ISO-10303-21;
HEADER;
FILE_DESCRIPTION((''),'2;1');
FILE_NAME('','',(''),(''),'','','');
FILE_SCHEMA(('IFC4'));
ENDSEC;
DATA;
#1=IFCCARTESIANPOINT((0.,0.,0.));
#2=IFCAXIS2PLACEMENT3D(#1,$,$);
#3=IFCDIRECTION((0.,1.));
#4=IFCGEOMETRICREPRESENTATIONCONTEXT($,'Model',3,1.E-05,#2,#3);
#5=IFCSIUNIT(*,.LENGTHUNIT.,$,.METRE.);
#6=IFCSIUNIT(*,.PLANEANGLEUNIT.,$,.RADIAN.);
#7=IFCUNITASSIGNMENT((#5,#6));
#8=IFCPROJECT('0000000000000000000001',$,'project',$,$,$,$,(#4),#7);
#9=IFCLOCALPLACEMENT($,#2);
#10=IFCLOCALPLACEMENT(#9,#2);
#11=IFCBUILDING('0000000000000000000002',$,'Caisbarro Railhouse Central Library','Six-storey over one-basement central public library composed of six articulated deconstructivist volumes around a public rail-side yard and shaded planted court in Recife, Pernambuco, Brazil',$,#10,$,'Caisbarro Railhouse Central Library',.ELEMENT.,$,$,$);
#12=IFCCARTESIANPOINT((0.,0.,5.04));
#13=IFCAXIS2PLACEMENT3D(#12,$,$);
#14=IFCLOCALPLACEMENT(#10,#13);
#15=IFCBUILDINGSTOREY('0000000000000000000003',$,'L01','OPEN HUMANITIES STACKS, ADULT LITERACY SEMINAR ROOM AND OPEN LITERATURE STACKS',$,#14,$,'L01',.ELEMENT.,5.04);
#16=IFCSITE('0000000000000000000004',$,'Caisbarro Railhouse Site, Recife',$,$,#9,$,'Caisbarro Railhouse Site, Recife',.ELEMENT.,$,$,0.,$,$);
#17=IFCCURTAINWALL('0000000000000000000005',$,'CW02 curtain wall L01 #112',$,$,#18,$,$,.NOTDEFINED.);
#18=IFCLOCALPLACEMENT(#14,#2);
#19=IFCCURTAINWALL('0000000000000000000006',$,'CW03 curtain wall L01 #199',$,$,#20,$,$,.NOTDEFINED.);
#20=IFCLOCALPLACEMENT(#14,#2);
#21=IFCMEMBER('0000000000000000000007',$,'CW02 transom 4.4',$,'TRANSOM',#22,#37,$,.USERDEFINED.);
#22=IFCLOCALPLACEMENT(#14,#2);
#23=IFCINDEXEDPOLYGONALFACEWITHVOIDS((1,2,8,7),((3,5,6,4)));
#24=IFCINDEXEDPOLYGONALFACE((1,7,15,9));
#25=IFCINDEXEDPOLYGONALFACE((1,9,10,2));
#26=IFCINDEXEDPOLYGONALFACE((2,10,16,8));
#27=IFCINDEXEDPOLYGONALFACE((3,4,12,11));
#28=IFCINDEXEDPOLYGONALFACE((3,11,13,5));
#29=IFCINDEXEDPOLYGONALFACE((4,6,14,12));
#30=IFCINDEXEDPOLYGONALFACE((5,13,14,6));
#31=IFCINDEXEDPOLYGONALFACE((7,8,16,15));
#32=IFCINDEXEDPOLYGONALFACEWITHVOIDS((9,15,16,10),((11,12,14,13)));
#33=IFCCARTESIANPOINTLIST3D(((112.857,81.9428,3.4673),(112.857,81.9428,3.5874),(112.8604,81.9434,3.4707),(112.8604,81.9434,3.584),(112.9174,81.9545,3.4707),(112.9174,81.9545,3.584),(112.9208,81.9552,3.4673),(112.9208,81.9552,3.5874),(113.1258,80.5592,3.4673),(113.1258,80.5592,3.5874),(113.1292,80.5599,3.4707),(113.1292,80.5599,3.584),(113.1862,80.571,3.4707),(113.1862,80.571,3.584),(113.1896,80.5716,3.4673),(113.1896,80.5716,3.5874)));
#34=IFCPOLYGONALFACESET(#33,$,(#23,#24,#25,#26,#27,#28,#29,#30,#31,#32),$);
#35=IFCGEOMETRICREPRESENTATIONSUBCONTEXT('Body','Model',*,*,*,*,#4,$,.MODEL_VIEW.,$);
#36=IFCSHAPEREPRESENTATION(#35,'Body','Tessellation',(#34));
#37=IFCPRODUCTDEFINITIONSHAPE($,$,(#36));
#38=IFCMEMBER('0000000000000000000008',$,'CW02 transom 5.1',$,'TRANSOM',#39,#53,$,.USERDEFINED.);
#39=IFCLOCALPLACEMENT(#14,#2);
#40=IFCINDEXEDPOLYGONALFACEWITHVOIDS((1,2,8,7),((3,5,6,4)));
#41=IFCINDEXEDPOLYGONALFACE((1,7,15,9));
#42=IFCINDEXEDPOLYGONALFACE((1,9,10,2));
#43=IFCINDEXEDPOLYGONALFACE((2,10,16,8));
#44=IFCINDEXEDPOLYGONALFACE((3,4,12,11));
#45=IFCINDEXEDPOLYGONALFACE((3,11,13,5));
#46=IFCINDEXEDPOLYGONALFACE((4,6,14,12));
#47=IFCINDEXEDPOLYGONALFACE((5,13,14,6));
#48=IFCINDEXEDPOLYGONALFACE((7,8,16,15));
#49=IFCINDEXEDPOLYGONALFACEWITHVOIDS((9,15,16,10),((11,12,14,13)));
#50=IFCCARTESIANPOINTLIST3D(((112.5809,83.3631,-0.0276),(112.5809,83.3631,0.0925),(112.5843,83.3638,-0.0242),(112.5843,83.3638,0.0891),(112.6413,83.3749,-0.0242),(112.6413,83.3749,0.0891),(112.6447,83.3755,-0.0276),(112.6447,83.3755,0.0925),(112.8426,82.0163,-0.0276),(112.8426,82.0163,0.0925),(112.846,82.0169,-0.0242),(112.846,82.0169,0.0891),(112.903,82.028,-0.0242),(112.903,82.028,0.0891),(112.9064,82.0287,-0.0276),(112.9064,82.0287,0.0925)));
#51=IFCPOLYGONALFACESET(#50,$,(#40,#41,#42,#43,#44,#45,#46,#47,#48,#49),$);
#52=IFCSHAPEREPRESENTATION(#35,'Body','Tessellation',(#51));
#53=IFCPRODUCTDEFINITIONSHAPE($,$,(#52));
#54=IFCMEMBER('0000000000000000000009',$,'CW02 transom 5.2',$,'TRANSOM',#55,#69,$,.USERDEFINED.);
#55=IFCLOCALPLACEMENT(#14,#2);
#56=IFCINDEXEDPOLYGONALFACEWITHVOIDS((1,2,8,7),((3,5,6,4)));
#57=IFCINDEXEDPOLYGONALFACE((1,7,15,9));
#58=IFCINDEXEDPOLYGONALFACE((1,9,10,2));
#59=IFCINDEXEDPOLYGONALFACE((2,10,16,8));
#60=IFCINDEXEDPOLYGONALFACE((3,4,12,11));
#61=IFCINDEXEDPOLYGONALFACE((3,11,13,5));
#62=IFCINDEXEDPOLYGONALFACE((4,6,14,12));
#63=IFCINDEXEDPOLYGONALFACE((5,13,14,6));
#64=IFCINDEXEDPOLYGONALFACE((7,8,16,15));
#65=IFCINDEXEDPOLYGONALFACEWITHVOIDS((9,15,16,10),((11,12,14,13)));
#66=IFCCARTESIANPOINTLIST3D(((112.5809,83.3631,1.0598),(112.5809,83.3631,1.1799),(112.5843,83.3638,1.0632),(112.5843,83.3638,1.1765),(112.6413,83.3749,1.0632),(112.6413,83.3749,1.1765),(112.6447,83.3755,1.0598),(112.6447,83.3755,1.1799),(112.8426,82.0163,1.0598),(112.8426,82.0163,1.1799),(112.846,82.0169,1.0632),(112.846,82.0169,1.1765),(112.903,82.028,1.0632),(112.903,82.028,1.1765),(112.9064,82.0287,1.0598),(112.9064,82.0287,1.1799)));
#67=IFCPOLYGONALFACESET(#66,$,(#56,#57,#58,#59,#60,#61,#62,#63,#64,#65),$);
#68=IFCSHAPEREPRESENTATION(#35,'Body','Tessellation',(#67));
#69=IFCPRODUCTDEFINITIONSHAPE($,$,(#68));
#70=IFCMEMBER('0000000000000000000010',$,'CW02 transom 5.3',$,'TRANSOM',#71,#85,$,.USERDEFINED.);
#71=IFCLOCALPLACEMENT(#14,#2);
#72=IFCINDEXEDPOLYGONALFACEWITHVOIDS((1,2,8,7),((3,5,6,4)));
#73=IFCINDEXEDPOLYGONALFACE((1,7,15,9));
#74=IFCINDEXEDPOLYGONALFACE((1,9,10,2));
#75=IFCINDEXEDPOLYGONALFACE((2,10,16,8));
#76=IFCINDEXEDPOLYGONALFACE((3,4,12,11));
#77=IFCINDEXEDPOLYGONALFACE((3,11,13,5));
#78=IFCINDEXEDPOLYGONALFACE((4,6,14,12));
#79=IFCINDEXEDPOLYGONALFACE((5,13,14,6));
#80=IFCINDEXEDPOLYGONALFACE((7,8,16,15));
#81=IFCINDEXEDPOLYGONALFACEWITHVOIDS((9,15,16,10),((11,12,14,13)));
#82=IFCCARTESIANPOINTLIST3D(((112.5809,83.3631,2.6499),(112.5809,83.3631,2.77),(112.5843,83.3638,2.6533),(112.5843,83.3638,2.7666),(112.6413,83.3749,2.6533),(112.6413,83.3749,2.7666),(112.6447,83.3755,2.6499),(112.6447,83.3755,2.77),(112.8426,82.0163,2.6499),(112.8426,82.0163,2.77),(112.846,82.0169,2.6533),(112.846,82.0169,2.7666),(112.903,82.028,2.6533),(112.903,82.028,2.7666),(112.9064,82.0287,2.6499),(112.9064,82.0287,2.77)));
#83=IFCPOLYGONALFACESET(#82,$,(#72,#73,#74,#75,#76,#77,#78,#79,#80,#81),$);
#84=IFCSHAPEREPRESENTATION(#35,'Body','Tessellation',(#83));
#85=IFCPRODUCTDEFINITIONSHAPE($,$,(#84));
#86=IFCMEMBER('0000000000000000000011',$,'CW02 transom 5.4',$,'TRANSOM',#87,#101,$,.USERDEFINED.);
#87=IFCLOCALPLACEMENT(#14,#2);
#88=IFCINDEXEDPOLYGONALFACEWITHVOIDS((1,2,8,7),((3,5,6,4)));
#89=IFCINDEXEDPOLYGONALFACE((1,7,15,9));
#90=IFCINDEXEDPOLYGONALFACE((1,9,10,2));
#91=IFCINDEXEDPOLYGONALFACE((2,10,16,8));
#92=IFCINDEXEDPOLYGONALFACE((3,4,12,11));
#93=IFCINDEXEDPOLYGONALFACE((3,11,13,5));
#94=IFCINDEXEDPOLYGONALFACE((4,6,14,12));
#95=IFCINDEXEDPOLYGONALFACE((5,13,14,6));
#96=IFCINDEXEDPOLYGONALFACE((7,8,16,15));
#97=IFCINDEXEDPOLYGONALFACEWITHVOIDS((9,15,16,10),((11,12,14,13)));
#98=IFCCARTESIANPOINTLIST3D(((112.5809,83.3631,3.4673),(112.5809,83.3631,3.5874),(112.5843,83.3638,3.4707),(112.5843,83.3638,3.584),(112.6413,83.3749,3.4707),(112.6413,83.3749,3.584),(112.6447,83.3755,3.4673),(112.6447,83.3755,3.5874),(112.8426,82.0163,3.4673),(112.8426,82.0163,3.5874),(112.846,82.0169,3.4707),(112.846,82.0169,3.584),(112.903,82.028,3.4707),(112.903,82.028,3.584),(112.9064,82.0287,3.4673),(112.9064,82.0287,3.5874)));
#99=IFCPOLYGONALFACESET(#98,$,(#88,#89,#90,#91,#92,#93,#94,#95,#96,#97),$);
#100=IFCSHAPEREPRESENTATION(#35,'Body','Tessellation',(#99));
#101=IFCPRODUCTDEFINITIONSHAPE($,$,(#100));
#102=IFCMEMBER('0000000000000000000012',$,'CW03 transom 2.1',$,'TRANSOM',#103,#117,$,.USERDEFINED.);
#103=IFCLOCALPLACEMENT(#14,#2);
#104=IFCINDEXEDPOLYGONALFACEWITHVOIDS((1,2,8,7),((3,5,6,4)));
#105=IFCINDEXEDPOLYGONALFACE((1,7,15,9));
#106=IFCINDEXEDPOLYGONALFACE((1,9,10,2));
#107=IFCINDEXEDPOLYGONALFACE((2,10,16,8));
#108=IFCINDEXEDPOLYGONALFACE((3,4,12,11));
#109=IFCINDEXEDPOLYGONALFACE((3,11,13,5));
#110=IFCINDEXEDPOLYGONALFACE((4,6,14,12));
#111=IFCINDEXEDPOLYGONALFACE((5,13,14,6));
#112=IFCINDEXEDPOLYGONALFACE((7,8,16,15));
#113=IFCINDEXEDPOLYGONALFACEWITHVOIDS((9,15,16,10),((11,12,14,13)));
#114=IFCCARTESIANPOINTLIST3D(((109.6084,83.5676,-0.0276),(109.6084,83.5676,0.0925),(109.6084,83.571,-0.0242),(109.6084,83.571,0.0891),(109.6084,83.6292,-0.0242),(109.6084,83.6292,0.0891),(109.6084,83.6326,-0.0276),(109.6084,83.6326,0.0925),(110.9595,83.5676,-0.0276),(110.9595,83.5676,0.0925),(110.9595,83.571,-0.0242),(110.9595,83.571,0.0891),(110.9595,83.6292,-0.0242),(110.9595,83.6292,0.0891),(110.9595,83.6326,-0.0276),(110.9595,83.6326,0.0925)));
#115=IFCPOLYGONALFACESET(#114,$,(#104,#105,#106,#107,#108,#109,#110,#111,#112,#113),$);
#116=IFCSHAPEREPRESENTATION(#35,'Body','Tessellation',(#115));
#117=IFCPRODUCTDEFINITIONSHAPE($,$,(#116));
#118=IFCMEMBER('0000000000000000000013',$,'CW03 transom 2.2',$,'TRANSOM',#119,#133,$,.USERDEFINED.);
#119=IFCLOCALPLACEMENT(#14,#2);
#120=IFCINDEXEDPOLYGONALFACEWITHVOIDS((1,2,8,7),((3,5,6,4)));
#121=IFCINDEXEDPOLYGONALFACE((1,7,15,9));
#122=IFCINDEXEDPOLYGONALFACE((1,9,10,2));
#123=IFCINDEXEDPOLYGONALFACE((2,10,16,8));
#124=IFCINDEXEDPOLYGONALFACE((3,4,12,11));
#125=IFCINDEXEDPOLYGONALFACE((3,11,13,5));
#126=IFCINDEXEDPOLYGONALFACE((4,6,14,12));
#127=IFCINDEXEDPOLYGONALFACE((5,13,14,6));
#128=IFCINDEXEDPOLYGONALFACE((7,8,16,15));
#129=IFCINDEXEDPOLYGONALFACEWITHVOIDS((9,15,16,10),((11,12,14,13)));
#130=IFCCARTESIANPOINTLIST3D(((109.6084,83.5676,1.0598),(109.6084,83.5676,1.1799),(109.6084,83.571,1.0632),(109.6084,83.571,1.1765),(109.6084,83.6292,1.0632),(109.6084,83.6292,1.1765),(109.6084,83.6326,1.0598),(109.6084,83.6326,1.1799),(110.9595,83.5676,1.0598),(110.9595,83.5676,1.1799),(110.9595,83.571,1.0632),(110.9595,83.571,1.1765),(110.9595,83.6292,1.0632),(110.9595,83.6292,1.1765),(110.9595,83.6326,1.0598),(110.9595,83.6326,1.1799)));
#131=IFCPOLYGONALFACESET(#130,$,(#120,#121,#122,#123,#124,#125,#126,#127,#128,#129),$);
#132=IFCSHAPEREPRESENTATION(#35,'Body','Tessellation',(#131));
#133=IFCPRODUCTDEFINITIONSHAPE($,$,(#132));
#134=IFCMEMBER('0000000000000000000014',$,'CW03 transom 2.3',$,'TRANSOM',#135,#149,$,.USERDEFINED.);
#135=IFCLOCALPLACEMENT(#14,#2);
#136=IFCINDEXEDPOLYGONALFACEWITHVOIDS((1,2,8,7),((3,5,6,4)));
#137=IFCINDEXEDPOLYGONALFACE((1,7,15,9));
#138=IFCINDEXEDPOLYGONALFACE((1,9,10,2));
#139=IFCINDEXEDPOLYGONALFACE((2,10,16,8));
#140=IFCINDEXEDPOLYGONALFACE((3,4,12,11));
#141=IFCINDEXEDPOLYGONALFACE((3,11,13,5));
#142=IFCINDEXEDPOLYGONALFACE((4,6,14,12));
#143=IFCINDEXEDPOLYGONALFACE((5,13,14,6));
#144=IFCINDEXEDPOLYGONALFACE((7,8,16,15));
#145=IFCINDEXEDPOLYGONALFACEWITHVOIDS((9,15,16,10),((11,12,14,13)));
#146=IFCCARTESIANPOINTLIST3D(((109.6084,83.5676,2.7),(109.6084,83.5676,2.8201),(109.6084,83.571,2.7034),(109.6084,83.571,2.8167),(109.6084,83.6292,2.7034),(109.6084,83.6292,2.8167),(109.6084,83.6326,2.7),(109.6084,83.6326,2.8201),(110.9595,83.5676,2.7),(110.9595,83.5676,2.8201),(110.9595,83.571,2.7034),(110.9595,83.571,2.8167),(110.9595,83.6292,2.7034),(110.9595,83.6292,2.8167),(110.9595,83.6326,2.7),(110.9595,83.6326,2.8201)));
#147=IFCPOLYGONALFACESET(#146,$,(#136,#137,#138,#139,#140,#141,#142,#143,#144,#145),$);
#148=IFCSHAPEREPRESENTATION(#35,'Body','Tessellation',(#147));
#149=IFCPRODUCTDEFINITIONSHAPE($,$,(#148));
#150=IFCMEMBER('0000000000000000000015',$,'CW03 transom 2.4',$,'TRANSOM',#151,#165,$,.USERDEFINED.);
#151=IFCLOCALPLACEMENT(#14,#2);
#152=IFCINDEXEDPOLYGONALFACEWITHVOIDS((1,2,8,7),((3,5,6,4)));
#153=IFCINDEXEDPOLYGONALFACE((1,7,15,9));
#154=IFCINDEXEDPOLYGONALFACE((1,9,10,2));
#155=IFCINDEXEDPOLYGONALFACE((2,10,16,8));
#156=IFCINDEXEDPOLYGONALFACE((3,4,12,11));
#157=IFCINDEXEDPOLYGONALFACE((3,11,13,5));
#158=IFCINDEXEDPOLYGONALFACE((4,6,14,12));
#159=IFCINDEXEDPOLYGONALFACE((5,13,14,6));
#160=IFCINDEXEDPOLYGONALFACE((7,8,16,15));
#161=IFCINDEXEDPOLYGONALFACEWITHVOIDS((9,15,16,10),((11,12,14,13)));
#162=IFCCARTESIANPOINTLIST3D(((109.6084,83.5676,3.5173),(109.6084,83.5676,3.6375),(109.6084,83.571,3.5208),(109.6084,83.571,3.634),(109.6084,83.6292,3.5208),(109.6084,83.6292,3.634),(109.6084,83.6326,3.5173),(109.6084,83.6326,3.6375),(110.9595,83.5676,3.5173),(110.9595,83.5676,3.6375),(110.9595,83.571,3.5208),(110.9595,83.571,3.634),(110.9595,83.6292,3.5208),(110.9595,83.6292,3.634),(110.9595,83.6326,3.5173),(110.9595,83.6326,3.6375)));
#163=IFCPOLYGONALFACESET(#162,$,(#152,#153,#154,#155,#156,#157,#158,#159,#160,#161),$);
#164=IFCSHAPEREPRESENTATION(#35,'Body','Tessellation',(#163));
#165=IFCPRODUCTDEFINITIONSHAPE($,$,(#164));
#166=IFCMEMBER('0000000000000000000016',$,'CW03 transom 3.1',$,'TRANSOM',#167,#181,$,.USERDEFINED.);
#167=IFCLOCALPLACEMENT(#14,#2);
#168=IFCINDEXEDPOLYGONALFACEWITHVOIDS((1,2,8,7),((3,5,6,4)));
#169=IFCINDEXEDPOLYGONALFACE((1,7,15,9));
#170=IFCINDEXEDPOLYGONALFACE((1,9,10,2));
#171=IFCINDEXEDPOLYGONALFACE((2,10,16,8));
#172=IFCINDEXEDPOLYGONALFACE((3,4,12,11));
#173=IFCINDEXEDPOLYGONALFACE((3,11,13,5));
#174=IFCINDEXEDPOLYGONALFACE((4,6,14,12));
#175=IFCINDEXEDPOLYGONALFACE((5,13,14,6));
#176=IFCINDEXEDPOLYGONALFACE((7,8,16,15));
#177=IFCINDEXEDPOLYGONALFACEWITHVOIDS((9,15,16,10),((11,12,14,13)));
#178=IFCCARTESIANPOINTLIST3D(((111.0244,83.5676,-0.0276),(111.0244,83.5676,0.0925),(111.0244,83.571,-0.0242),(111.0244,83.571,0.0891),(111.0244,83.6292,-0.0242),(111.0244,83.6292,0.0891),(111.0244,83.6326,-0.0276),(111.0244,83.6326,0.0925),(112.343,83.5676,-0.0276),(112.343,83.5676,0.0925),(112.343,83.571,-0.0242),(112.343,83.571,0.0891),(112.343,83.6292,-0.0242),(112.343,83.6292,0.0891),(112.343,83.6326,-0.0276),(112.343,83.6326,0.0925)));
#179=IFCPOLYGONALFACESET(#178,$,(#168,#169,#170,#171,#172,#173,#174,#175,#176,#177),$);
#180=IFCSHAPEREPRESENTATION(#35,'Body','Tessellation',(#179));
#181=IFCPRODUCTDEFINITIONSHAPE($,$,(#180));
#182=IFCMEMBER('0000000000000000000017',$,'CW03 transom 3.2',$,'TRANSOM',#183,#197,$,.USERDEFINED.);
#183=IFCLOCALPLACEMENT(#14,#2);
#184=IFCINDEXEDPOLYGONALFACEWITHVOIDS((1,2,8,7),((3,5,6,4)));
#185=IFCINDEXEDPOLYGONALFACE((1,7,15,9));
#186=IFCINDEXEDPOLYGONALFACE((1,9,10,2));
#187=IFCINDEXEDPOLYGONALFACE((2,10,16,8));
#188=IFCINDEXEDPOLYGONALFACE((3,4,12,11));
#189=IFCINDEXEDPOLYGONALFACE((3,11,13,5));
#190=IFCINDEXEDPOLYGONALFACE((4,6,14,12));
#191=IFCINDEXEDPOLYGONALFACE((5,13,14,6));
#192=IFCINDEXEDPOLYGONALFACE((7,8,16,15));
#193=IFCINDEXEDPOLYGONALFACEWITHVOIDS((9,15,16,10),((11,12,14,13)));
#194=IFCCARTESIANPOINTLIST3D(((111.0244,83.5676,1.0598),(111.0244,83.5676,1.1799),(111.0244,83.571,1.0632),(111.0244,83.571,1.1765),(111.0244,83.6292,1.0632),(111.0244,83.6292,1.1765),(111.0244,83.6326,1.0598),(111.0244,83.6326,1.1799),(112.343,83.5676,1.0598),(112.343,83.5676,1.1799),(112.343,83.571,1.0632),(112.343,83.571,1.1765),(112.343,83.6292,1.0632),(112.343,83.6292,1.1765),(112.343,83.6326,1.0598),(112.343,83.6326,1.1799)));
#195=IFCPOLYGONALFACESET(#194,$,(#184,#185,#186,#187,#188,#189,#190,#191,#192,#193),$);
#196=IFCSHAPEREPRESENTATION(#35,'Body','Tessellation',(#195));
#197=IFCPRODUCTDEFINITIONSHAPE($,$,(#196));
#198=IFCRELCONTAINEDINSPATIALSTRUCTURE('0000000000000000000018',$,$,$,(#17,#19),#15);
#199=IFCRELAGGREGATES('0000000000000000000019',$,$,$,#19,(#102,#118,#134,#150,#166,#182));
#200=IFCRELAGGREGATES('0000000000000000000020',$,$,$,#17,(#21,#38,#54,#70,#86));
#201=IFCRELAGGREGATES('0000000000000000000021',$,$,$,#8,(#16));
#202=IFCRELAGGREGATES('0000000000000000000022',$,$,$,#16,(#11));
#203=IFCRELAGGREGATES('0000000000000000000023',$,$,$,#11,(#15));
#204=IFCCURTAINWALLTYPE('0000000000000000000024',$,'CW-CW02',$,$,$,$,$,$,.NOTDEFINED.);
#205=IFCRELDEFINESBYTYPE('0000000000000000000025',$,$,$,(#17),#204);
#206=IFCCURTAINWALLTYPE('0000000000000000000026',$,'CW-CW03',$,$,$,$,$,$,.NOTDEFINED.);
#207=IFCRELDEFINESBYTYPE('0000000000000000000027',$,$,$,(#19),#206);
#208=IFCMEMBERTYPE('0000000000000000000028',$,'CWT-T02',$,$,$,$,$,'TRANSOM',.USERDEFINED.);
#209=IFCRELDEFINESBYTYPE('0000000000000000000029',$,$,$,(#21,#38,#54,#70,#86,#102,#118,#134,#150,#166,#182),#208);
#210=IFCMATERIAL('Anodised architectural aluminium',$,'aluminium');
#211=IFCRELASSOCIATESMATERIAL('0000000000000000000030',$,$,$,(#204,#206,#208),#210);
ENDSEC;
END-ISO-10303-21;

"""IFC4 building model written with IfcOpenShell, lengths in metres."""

from ifc_helpers import new_model, si_unit, direction, frame, origin, origin_2d, place, context, subcontext, project, spatial, hollow_rectangle, extrude, material, material_profile, profile_set, type_object, element, aggregate, save


model = new_model("IFC4")

# Units and contexts
model_context = context("Model", 3, precision=1e-05, world=origin(), true_north=direction((0.0, 1.0)))
body_context = subcontext(model_context, "Body", "Model", "MODEL_VIEW")
ifc_project = project(units=[si_unit("LENGTHUNIT", "METRE"), si_unit("PLANEANGLEUNIT", "RADIAN")], contexts=[model_context])

# Site, building, storey
site_placement = place(None, origin())
site = spatial("IfcSite", under=ifc_project, at=site_placement, Name="Caisbarro Railhouse Site, Recife", LongName="Caisbarro Railhouse Site, Recife", CompositionType="ELEMENT", RefElevation=0.0)
building_placement = place(site_placement, origin())
building = spatial("IfcBuilding", under=site, at=building_placement, Name="Caisbarro Railhouse Central Library", Description="Six-storey over one-basement central public library composed of six articulated deconstructivist volumes around a public rail-side yard and shaded planted court in Recife, Pernambuco, Brazil", LongName="Caisbarro Railhouse Central Library", CompositionType="ELEMENT")
storey_placement = place(building_placement, frame((0.0, 0.0, 5.04)))
storey = spatial("IfcBuildingStorey", under=building, at=storey_placement, Name="L01", Description="OPEN HUMANITIES STACKS, ADULT LITERACY SEMINAR ROOM AND OPEN LITERATURE STACKS", LongName="L01", CompositionType="ELEMENT", Elevation=5.04)

# Curtain walls
ifc_material_1 = material(Name="Anodised architectural aluminium", Category="aluminium")
curtain_wall_type_1 = type_object("IfcCurtainWallType", Name="CW-CW02", PredefinedType="NOTDEFINED", material=ifc_material_1)
curtain_wall_1_placement = place(storey_placement, origin())
curtain_wall_1 = element("IfcCurtainWall", 1, at=curtain_wall_1_placement, inside=storey, type_object=curtain_wall_type_1, Name="CW02 curtain wall L01 #112", PredefinedType="NOTDEFINED")
curtain_wall_type_2 = type_object("IfcCurtainWallType", Name="CW-CW03", PredefinedType="NOTDEFINED", material=ifc_material_1)
curtain_wall_2_placement = place(storey_placement, origin())
curtain_wall_2 = element("IfcCurtainWall", 2, at=curtain_wall_2_placement, inside=storey, type_object=curtain_wall_type_2, Name="CW03 curtain wall L01 #199", PredefinedType="NOTDEFINED")

# Members
ifc_material_profile_1 = material_profile(ifc_material_1, hollow_rectangle(XDim=0.0649, YDim=0.1201, WallThickness=0.0034, at=origin_2d()), Name="ALU-TRN-65X120")
ifc_profile_set_1 = profile_set([ifc_material_profile_1], Name="Anodised architectural aluminium")
member_type_1 = type_object("IfcMemberType", Name="CWT-T02", ElementType="TRANSOM", PredefinedType="USERDEFINED", material=ifc_profile_set_1)
member_1_placement = place(storey_placement, frame((113.1577, 80.5654, 3.5273), z_axis=(-0.190717, 0.981645, 0.0), x_axis=(-0.981645, -0.190717, 0.0)))
member_1 = element("IfcMember", 3, at=member_1_placement, type_object=member_type_1, Name="CW02 transom 4.4", ObjectType="TRANSOM", PredefinedType="USERDEFINED", context=body_context, shape_type="SweptSolid", body=[
    extrude(hollow_rectangle(XDim=0.0649, YDim=0.1201, WallThickness=0.0034, at=origin_2d()), origin(), (0.0, 0.0, 1.0), 1.4094),
])
member_2_placement = place(storey_placement, frame((112.8745, 82.0225, 0.0325), z_axis=(-0.190741, 0.98164, 0.0), x_axis=(-0.98164, -0.190741, 0.0)))
member_2 = element("IfcMember", 4, at=member_2_placement, type_object=member_type_1, Name="CW02 transom 5.1", ObjectType="TRANSOM", PredefinedType="USERDEFINED", context=body_context, shape_type="SweptSolid", body=[
    extrude(hollow_rectangle(XDim=0.0649, YDim=0.1201, WallThickness=0.0034, at=origin_2d()), origin(), (0.0, 0.0, 1.0), 1.3721),
])
member_3_placement = place(storey_placement, frame((112.8745, 82.0225, 1.1199), z_axis=(-0.190741, 0.98164, 0.0), x_axis=(-0.98164, -0.190741, 0.0)))
member_3 = element("IfcMember", 5, at=member_3_placement, type_object=member_type_1, Name="CW02 transom 5.2", ObjectType="TRANSOM", PredefinedType="USERDEFINED", context=body_context, shape_type="SweptSolid", body=[
    extrude(hollow_rectangle(XDim=0.0649, YDim=0.1201, WallThickness=0.0034, at=origin_2d()), origin(), (0.0, 0.0, 1.0), 1.3721),
])
member_4_placement = place(storey_placement, frame((112.8745, 82.0225, 2.71), z_axis=(-0.190741, 0.98164, 0.0), x_axis=(-0.98164, -0.190741, 0.0)))
member_4 = element("IfcMember", 6, at=member_4_placement, type_object=member_type_1, Name="CW02 transom 5.3", ObjectType="TRANSOM", PredefinedType="USERDEFINED", context=body_context, shape_type="SweptSolid", body=[
    extrude(hollow_rectangle(XDim=0.0649, YDim=0.1201, WallThickness=0.0034, at=origin_2d()), origin(), (0.0, 0.0, 1.0), 1.3721),
])
member_5_placement = place(storey_placement, frame((112.8745, 82.0225, 3.5273), z_axis=(-0.190741, 0.98164, 0.0), x_axis=(-0.98164, -0.190741, 0.0)))
member_5 = element("IfcMember", 7, at=member_5_placement, type_object=member_type_1, Name="CW02 transom 5.4", ObjectType="TRANSOM", PredefinedType="USERDEFINED", context=body_context, shape_type="SweptSolid", body=[
    extrude(hollow_rectangle(XDim=0.0649, YDim=0.1201, WallThickness=0.0034, at=origin_2d()), origin(), (0.0, 0.0, 1.0), 1.3721),
])
member_6_placement = place(storey_placement, frame((109.6084, 83.6001, 0.0325), z_axis=(1.0, 0.0, 0.0), x_axis=(0.0, 1.0, 0.0)))
member_6 = element("IfcMember", 8, at=member_6_placement, type_object=member_type_1, Name="CW03 transom 2.1", ObjectType="TRANSOM", PredefinedType="USERDEFINED", context=body_context, shape_type="SweptSolid", body=[
    extrude(hollow_rectangle(XDim=0.0649, YDim=0.1201, WallThickness=0.0034, at=origin_2d()), origin(), (0.0, 0.0, 1.0), 1.3511),
])
member_7_placement = place(storey_placement, frame((109.6084, 83.6001, 1.1199), z_axis=(1.0, 0.0, 0.0), x_axis=(0.0, 1.0, 0.0)))
member_7 = element("IfcMember", 9, at=member_7_placement, type_object=member_type_1, Name="CW03 transom 2.2", ObjectType="TRANSOM", PredefinedType="USERDEFINED", context=body_context, shape_type="SweptSolid", body=[
    extrude(hollow_rectangle(XDim=0.0649, YDim=0.1201, WallThickness=0.0034, at=origin_2d()), origin(), (0.0, 0.0, 1.0), 1.3511),
])
member_8_placement = place(storey_placement, frame((109.6084, 83.6001, 2.76), z_axis=(1.0, 0.0, 0.0), x_axis=(0.0, 1.0, 0.0)))
member_8 = element("IfcMember", 10, at=member_8_placement, type_object=member_type_1, Name="CW03 transom 2.3", ObjectType="TRANSOM", PredefinedType="USERDEFINED", context=body_context, shape_type="SweptSolid", body=[
    extrude(hollow_rectangle(XDim=0.0649, YDim=0.1201, WallThickness=0.0034, at=origin_2d()), origin(), (0.0, 0.0, 1.0), 1.3511),
])
member_9_placement = place(storey_placement, frame((109.6084, 83.6001, 3.5774), z_axis=(1.0, 0.0, 0.0), x_axis=(0.0, 1.0, 0.0)))
member_9 = element("IfcMember", 11, at=member_9_placement, type_object=member_type_1, Name="CW03 transom 2.4", ObjectType="TRANSOM", PredefinedType="USERDEFINED", context=body_context, shape_type="SweptSolid", body=[
    extrude(hollow_rectangle(XDim=0.0649, YDim=0.1201, WallThickness=0.0034, at=origin_2d()), origin(), (0.0, 0.0, 1.0), 1.3511),
])
member_10_placement = place(storey_placement, frame((111.0244, 83.6001, 0.0325), z_axis=(1.0, 0.0, 0.0), x_axis=(0.0, 1.0, 0.0)))
member_10 = element("IfcMember", 12, at=member_10_placement, type_object=member_type_1, Name="CW03 transom 3.1", ObjectType="TRANSOM", PredefinedType="USERDEFINED", context=body_context, shape_type="SweptSolid", body=[
    extrude(hollow_rectangle(XDim=0.0649, YDim=0.1201, WallThickness=0.0034, at=origin_2d()), origin(), (0.0, 0.0, 1.0), 1.3186),
])
member_11_placement = place(storey_placement, frame((111.0244, 83.6001, 1.1199), z_axis=(1.0, 0.0, 0.0), x_axis=(0.0, 1.0, 0.0)))
member_11 = element("IfcMember", 13, at=member_11_placement, type_object=member_type_1, Name="CW03 transom 3.2", ObjectType="TRANSOM", PredefinedType="USERDEFINED", context=body_context, shape_type="SweptSolid", body=[
    extrude(hollow_rectangle(XDim=0.0649, YDim=0.1201, WallThickness=0.0034, at=origin_2d()), origin(), (0.0, 0.0, 1.0), 1.3186),
])

aggregate(curtain_wall_2, [member_6, member_7, member_8, member_9, member_10, member_11])
aggregate(curtain_wall_1, [member_1, member_2, member_3, member_4, member_5])

save(model, "model.ifc")
